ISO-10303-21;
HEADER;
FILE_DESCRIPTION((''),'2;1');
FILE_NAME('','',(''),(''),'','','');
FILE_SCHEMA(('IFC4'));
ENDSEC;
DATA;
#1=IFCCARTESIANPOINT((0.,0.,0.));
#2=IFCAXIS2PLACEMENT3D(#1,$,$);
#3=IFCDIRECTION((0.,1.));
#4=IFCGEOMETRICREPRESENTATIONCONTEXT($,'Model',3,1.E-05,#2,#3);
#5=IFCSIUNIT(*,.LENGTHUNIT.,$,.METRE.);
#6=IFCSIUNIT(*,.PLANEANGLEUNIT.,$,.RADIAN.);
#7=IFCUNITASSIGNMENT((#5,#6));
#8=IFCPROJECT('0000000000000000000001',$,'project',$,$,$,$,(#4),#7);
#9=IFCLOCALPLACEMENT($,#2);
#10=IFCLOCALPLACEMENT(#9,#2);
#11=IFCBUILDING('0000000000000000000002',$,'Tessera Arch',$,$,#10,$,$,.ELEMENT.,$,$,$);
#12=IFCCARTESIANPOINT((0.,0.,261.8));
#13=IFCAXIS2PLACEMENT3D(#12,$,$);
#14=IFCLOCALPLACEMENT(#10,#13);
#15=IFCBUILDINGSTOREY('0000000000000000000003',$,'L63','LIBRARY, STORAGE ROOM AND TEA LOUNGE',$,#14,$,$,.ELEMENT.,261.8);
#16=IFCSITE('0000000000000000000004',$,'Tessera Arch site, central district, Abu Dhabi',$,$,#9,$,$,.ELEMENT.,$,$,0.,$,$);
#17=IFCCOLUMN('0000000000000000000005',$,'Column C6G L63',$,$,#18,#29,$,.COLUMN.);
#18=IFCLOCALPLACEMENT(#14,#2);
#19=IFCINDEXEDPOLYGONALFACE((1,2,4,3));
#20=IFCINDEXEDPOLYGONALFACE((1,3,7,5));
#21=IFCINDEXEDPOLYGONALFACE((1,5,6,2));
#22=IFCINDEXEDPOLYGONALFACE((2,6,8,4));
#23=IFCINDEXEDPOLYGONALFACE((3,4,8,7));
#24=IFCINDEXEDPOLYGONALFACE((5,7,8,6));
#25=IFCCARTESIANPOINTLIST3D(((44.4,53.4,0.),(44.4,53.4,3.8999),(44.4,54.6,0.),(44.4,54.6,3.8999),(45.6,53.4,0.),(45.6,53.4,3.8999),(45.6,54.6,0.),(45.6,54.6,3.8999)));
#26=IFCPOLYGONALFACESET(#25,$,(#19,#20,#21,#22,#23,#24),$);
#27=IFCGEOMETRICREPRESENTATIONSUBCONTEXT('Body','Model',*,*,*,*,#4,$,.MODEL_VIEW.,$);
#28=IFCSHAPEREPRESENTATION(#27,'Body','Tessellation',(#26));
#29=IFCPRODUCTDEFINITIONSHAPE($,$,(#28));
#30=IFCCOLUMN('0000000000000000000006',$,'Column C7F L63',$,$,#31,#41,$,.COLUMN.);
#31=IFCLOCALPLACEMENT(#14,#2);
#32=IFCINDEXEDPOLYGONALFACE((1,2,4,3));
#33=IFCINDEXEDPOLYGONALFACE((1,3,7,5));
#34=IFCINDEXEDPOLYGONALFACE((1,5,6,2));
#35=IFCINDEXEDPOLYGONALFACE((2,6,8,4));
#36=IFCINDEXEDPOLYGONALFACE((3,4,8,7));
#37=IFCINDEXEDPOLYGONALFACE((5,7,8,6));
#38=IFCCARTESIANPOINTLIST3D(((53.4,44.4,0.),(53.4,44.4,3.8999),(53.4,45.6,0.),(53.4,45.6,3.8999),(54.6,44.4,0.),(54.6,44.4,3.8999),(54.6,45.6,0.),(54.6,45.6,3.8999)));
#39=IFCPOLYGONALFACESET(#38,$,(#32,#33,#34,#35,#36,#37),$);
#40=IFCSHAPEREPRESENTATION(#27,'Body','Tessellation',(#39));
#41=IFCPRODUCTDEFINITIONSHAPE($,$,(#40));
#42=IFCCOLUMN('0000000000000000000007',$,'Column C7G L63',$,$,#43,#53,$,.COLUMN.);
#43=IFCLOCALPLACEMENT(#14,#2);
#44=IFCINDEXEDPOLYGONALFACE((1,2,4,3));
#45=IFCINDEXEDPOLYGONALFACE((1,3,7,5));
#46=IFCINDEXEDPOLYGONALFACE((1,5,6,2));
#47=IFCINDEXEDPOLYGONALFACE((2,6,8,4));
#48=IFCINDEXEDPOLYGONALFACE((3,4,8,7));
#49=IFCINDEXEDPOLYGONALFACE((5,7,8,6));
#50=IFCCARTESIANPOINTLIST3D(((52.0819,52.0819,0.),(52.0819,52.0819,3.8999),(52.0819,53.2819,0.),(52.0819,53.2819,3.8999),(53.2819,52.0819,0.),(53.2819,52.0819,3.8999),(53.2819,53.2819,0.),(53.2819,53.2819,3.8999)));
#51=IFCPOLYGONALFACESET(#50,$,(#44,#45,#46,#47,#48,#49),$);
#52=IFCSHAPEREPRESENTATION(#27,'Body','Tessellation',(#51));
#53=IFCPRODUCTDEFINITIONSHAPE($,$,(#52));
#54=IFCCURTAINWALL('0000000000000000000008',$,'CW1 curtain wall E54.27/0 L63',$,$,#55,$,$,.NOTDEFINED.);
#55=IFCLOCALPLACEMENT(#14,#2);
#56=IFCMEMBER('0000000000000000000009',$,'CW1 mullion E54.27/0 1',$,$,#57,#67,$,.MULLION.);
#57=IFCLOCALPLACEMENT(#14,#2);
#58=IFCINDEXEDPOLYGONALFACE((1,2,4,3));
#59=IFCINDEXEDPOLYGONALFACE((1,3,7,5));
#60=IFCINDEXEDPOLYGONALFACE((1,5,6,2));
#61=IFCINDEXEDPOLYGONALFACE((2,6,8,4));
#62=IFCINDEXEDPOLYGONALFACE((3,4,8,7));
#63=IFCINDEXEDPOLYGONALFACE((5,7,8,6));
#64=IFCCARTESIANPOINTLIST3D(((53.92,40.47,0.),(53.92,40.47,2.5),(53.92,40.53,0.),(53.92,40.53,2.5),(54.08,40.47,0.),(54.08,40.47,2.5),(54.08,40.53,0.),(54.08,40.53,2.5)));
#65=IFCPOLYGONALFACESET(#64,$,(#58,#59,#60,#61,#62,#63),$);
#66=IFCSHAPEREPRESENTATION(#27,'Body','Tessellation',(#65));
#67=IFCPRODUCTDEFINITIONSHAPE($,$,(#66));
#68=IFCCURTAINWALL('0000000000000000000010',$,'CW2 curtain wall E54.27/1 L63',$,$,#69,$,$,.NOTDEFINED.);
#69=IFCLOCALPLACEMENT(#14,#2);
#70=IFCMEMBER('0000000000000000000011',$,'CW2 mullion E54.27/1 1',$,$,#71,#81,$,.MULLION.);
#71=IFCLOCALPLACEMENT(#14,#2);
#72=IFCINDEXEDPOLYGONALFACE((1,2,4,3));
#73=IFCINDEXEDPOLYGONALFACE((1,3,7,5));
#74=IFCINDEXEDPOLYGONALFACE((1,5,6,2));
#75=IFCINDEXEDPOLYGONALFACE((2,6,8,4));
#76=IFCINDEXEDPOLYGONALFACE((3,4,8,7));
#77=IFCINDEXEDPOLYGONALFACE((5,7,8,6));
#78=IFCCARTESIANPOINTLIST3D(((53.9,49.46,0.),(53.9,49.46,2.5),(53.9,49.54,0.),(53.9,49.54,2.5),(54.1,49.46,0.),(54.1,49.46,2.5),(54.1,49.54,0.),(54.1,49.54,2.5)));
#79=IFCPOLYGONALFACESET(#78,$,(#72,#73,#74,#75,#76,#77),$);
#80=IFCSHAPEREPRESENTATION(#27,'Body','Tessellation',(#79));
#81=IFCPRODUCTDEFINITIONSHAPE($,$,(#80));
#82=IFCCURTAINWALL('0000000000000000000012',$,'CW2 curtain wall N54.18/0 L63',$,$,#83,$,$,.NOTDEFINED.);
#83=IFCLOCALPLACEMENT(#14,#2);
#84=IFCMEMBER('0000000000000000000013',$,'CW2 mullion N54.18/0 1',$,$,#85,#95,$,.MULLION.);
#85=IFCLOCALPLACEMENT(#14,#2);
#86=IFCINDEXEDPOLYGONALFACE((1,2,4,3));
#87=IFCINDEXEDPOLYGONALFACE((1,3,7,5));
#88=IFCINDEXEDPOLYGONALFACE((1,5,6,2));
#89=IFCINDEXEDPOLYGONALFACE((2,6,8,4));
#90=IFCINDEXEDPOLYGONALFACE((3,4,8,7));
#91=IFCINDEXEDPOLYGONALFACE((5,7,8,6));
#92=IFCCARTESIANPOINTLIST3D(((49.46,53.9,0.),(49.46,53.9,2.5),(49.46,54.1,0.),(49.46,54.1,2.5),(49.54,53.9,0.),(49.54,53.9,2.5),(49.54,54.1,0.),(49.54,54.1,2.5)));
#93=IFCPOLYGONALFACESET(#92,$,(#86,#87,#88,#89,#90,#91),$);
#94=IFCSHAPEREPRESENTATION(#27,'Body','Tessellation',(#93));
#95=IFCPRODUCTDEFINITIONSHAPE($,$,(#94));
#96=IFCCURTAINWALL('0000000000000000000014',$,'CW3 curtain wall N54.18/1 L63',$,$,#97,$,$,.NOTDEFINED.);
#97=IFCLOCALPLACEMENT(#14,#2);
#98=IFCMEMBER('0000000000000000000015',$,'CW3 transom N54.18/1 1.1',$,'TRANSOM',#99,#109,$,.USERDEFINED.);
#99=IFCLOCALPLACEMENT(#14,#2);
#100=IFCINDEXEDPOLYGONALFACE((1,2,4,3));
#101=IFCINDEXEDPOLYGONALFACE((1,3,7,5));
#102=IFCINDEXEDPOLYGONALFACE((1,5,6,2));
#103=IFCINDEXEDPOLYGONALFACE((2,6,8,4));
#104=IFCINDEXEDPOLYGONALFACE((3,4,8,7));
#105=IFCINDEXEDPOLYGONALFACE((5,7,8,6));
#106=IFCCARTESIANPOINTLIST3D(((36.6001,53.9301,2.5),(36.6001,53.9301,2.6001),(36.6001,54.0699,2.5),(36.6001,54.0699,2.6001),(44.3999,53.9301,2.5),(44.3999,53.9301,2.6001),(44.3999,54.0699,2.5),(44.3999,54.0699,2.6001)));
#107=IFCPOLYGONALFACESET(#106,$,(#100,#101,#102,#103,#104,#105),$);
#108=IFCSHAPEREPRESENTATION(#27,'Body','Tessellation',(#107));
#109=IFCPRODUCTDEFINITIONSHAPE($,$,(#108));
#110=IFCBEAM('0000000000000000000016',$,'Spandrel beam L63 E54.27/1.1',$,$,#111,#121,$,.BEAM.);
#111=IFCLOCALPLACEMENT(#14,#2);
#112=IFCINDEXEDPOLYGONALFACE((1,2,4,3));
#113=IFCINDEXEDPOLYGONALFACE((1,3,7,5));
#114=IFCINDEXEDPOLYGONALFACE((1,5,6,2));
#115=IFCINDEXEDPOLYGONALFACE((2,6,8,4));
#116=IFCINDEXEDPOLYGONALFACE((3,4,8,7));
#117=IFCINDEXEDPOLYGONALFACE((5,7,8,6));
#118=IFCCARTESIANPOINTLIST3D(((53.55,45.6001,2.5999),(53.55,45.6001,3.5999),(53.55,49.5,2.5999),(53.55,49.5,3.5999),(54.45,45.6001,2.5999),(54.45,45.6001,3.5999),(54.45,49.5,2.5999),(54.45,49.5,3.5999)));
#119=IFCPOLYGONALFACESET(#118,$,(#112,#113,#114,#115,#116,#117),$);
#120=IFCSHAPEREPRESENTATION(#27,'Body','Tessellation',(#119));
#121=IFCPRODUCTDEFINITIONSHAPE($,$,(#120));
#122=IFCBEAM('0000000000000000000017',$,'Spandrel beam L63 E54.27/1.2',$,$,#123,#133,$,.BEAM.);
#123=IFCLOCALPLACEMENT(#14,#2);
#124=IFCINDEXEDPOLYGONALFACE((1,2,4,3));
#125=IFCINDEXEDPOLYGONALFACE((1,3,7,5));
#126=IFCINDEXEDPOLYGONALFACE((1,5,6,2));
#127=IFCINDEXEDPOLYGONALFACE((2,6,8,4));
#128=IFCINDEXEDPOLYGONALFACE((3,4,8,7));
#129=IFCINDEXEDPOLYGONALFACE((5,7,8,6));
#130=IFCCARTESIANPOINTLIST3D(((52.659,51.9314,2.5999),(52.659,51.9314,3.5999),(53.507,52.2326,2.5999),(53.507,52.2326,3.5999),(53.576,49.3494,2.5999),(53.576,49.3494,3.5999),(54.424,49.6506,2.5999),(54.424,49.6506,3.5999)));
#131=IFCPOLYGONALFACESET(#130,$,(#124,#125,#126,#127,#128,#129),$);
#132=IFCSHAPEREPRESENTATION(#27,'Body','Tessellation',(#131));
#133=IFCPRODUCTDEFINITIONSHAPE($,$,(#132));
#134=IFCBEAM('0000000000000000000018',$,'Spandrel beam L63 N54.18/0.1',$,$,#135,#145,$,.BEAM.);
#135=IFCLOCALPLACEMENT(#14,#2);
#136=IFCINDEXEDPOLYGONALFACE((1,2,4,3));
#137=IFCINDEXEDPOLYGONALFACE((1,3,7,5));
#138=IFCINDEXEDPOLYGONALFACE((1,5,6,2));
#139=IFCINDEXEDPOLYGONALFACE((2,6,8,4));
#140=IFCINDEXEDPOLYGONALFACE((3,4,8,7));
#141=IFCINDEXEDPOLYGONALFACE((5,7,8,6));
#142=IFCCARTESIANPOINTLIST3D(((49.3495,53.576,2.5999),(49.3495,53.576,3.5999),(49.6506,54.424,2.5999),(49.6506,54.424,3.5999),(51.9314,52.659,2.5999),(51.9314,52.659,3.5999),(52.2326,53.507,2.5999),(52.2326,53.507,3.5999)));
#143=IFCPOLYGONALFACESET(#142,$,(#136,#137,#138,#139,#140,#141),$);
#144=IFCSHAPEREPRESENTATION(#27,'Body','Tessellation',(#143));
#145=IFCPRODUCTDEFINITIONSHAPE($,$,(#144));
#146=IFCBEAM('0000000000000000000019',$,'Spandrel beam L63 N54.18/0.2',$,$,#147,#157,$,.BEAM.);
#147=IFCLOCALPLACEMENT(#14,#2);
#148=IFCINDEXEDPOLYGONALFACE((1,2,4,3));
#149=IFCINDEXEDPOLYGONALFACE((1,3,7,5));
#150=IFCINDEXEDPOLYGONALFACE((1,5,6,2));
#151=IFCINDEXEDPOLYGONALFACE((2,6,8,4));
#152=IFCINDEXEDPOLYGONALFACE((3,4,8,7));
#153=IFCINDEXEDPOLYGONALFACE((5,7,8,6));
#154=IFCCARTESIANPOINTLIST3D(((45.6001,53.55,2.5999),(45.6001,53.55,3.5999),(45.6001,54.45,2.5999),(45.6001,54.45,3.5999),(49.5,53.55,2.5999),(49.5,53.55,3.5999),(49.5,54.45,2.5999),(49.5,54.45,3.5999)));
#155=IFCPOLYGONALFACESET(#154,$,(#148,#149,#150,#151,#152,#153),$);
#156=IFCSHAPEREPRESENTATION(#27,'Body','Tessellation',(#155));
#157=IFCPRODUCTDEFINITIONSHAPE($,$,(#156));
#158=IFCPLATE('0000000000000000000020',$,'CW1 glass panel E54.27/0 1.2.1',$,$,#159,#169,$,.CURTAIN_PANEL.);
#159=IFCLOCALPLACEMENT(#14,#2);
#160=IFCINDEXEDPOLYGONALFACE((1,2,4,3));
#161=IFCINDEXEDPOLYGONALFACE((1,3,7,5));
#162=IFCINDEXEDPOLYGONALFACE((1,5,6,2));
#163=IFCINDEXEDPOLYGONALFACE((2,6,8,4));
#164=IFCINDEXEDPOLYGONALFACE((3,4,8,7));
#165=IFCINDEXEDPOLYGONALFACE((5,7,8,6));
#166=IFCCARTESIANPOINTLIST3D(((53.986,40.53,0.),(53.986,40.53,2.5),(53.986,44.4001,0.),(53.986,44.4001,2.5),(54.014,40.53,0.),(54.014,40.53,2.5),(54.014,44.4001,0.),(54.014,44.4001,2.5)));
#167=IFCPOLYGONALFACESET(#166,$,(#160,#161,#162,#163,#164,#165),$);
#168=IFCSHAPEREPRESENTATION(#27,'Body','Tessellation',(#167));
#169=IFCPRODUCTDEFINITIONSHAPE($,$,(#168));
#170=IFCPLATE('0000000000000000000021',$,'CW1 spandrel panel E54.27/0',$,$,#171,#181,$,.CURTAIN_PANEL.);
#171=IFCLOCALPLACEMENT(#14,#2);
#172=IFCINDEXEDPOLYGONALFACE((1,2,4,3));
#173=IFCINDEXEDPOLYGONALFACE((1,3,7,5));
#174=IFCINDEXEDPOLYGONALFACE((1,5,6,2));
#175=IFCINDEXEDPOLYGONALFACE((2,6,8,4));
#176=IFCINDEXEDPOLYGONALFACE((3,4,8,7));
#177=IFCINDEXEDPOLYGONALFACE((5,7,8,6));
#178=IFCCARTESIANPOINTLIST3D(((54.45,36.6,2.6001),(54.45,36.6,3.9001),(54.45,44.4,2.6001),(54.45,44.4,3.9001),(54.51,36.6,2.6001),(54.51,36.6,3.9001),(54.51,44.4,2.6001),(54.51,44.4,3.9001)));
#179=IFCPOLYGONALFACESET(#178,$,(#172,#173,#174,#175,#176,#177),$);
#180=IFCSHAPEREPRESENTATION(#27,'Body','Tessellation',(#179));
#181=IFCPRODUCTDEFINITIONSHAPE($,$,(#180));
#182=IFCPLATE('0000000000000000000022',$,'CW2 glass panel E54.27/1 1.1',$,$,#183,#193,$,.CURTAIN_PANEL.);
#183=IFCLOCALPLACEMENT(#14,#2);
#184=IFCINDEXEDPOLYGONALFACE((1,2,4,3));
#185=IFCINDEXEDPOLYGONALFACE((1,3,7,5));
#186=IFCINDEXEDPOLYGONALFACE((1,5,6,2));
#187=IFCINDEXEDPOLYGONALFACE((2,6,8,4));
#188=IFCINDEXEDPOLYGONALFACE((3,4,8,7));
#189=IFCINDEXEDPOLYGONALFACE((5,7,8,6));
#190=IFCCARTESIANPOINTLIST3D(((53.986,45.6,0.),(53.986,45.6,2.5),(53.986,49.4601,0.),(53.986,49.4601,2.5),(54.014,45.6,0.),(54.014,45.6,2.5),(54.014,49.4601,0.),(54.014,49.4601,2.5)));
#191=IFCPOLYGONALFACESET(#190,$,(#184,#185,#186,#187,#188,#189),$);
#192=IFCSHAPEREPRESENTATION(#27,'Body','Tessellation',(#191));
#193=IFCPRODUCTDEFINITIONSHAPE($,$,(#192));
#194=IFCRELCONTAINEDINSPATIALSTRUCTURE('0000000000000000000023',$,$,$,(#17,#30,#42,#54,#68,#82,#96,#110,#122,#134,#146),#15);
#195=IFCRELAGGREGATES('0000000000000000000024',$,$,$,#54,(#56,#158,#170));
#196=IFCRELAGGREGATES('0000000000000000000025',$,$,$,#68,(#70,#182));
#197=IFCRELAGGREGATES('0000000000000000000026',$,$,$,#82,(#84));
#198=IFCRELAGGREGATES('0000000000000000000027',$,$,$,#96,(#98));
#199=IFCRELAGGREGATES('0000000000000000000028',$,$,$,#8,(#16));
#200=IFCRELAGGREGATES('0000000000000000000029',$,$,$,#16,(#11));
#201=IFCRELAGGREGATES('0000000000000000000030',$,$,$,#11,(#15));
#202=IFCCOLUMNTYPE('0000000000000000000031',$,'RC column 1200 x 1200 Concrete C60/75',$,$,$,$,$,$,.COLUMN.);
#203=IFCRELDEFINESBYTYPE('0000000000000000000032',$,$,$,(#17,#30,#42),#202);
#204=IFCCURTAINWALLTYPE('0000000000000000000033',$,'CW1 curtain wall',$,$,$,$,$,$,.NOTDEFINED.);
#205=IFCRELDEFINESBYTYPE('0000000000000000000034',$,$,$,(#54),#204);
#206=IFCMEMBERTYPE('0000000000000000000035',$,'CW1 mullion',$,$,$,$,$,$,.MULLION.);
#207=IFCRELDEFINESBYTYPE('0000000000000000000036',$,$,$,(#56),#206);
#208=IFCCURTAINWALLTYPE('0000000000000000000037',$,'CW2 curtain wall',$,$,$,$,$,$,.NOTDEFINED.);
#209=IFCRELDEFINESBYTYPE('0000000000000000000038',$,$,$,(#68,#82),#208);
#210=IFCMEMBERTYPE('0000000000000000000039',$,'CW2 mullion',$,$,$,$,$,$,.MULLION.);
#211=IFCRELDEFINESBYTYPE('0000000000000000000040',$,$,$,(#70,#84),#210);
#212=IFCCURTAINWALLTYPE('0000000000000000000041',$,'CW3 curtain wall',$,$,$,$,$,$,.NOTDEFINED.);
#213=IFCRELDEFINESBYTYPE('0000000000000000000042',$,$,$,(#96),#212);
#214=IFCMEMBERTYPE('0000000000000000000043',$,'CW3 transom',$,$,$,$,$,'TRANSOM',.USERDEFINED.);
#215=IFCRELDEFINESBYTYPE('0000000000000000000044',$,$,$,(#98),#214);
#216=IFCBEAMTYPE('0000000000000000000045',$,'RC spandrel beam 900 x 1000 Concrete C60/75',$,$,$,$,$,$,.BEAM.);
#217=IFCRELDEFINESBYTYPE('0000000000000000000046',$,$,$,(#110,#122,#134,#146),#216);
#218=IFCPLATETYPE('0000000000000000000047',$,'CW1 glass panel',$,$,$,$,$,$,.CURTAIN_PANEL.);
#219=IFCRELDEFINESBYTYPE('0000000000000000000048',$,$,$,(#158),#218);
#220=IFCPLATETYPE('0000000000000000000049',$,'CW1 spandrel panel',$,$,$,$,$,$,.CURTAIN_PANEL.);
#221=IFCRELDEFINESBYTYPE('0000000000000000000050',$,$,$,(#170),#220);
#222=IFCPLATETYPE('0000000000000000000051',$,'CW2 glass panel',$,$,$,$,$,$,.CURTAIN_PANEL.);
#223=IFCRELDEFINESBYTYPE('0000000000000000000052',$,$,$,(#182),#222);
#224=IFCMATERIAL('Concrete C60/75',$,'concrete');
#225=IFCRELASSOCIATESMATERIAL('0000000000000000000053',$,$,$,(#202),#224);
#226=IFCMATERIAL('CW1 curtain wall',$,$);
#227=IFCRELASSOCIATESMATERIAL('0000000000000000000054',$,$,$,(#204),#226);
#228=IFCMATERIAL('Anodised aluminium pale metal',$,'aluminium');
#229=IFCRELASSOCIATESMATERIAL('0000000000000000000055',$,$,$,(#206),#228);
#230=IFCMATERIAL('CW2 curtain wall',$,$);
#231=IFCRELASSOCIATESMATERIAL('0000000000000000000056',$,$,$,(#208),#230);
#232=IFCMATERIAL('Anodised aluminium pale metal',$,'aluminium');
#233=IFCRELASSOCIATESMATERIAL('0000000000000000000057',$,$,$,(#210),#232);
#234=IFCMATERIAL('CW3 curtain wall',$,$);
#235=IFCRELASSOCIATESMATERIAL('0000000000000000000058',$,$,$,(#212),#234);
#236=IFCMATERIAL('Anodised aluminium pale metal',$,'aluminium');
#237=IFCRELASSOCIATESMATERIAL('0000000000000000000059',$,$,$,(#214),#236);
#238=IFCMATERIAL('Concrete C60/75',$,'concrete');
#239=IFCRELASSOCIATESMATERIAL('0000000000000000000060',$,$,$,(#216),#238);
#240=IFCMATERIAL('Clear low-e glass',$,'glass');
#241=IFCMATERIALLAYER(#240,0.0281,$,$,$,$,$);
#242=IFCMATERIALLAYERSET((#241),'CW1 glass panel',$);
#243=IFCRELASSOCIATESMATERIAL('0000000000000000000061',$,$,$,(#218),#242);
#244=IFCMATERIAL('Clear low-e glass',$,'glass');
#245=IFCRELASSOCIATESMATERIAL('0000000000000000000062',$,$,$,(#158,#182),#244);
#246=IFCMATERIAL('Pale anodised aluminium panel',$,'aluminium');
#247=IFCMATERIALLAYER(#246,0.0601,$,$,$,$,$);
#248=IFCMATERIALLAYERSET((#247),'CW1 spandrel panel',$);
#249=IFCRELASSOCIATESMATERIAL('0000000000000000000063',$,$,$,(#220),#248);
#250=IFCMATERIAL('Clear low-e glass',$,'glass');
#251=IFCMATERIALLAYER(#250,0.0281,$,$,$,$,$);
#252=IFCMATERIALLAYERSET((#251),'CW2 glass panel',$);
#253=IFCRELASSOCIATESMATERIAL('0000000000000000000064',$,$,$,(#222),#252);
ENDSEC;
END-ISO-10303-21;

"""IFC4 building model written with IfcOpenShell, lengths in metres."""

from ifc_helpers import new_model, si_unit, direction, frame, origin, origin_2d, place, context, subcontext, project, spatial, rectangle, extrude, material, layer, layer_set, material_profile, profile_set, type_object, element, aggregate, save


model = new_model("IFC4")

# Units and contexts
model_context = context("Model", 3, precision=1e-05, world=origin(), true_north=direction((0.0, 1.0)))
body_context = subcontext(model_context, "Body", "Model", "MODEL_VIEW")
ifc_project = project(units=[si_unit("LENGTHUNIT", "METRE"), si_unit("PLANEANGLEUNIT", "RADIAN")], contexts=[model_context])

# Site, building, storey
site_placement = place(None, origin())
site = spatial("IfcSite", under=ifc_project, at=site_placement, Name="Tessera Arch site, central district, Abu Dhabi", CompositionType="ELEMENT", RefElevation=0.0)
building_placement = place(site_placement, origin())
building = spatial("IfcBuilding", under=site, at=building_placement, Name="Tessera Arch", CompositionType="ELEMENT")
storey_placement = place(building_placement, frame((0.0, 0.0, 261.8)))
storey = spatial("IfcBuildingStorey", under=building, at=storey_placement, Name="L63", Description="LIBRARY, STORAGE ROOM AND TEA LOUNGE", CompositionType="ELEMENT", Elevation=261.8)

# Columns
ifc_material_1 = material(Name="Concrete C60/75", Category="concrete")
ifc_material_profile_1 = material_profile(ifc_material_1, rectangle(XDim=1.2, YDim=1.2, at=origin_2d()), Name="RC column 1200 x 1200 Concrete C60/75")
ifc_profile_set_1 = profile_set([ifc_material_profile_1], Name="Concrete C60/75")
column_type = type_object("IfcColumnType", Name="RC column 1200 x 1200 Concrete C60/75", PredefinedType="COLUMN", material=ifc_profile_set_1)
for number, where, z_axis, x_axis, name in (
    (1, (45.0, 54.0, 0.0), (0.0, 0.0, 1.0), (1.0, 0.0, 0.0), "Column C6G L63"),
    (2, (54.0, 45.0, 0.0), (0.0, 0.0, 1.0), (1.0, 0.0, 0.0), "Column C7F L63"),
    (3, (52.6819, 52.6819, 0.0), (0.0, 0.0, 1.0), (1.0, 0.0, 0.0), "Column C7G L63"),
):
    element("IfcColumn", number, at=place(storey_placement, frame(where, z_axis=z_axis, x_axis=x_axis)), inside=storey, type_object=column_type, Name=name, PredefinedType="COLUMN", context=body_context, shape_type="SweptSolid", body=[
        extrude(rectangle(XDim=1.2, YDim=1.2, at=origin_2d()), origin(), (0.0, 0.0, 1.0), 3.8999),
    ])

# Curtain walls, members
ifc_material_2 = material(Name="CW1 curtain wall")
curtain_wall_type_1 = type_object("IfcCurtainWallType", Name="CW1 curtain wall", PredefinedType="NOTDEFINED", material=ifc_material_2)
curtain_wall_1_placement = place(storey_placement, origin())
curtain_wall_1 = element("IfcCurtainWall", 4, at=curtain_wall_1_placement, inside=storey, type_object=curtain_wall_type_1, Name="CW1 curtain wall E54.27/0 L63", PredefinedType="NOTDEFINED")
ifc_material_3 = material(Name="Anodised aluminium pale metal", Category="aluminium")
ifc_material_profile_2 = material_profile(ifc_material_3, rectangle(XDim=0.1599, YDim=0.0601, at=origin_2d()), Name="AL 60x160")
ifc_profile_set_2 = profile_set([ifc_material_profile_2], Name="Anodised aluminium pale metal")
member_type_1 = type_object("IfcMemberType", Name="CW1 mullion", PredefinedType="MULLION", material=ifc_profile_set_2)
member_1_placement = place(storey_placement, frame((54.0, 40.5, 0.0), z_axis=(0.0, 0.0, 1.0), x_axis=(-1.0, 0.0, 0.0)))
member_1 = element("IfcMember", 5, at=member_1_placement, type_object=member_type_1, Name="CW1 mullion E54.27/0 1", PredefinedType="MULLION", context=body_context, shape_type="SweptSolid", body=[
    extrude(rectangle(XDim=0.1599, YDim=0.0601, at=origin_2d()), origin(), (0.0, 0.0, 1.0), 2.5),
])
ifc_material_4 = material(Name="CW2 curtain wall")
curtain_wall_type_2 = type_object("IfcCurtainWallType", Name="CW2 curtain wall", PredefinedType="NOTDEFINED", material=ifc_material_4)
curtain_wall_2_placement = place(storey_placement, origin())
curtain_wall_2 = element("IfcCurtainWall", 6, at=curtain_wall_2_placement, inside=storey, type_object=curtain_wall_type_2, Name="CW2 curtain wall E54.27/1 L63", PredefinedType="NOTDEFINED")
ifc_material_5 = material(Name="Anodised aluminium pale metal", Category="aluminium")
ifc_material_profile_3 = material_profile(ifc_material_5, rectangle(XDim=0.2, YDim=0.0801, at=origin_2d()), Name="AL 80x200")
ifc_profile_set_3 = profile_set([ifc_material_profile_3], Name="Anodised aluminium pale metal")
member_type_2 = type_object("IfcMemberType", Name="CW2 mullion", PredefinedType="MULLION", material=ifc_profile_set_3)
member_2_placement = place(storey_placement, frame((54.0, 49.5, 0.0), z_axis=(0.0, 0.0, 1.0), x_axis=(-1.0, 0.0, 0.0)))
member_2 = element("IfcMember", 7, at=member_2_placement, type_object=member_type_2, Name="CW2 mullion E54.27/1 1", PredefinedType="MULLION", context=body_context, shape_type="SweptSolid", body=[
    extrude(rectangle(XDim=0.2, YDim=0.0801, at=origin_2d()), origin(), (0.0, 0.0, 1.0), 2.5),
])
curtain_wall_3_placement = place(storey_placement, origin())
curtain_wall_3 = element("IfcCurtainWall", 8, at=curtain_wall_3_placement, inside=storey, type_object=curtain_wall_type_2, Name="CW2 curtain wall N54.18/0 L63", PredefinedType="NOTDEFINED")
member_3_placement = place(storey_placement, frame((49.5, 54.0, 0.0), z_axis=(0.0, 0.0, 1.0), x_axis=(0.0, -1.0, 0.0)))
member_3 = element("IfcMember", 9, at=member_3_placement, type_object=member_type_2, Name="CW2 mullion N54.18/0 1", PredefinedType="MULLION", context=body_context, shape_type="SweptSolid", body=[
    extrude(rectangle(XDim=0.2, YDim=0.0801, at=origin_2d()), origin(), (0.0, 0.0, 1.0), 2.5),
])
ifc_material_6 = material(Name="CW3 curtain wall")
curtain_wall_type_3 = type_object("IfcCurtainWallType", Name="CW3 curtain wall", PredefinedType="NOTDEFINED", material=ifc_material_6)
curtain_wall_4_placement = place(storey_placement, origin())
curtain_wall_4 = element("IfcCurtainWall", 10, at=curtain_wall_4_placement, inside=storey, type_object=curtain_wall_type_3, Name="CW3 curtain wall N54.18/1 L63", PredefinedType="NOTDEFINED")
ifc_material_7 = material(Name="Anodised aluminium pale metal", Category="aluminium")
ifc_material_profile_4 = material_profile(ifc_material_7, rectangle(XDim=0.1399, YDim=0.1001, at=origin_2d()), Name="AL 140x100")
ifc_profile_set_4 = profile_set([ifc_material_profile_4], Name="Anodised aluminium pale metal")
member_type_3 = type_object("IfcMemberType", Name="CW3 transom", ElementType="TRANSOM", PredefinedType="USERDEFINED", material=ifc_profile_set_4)
member_4_placement = place(storey_placement, frame((44.3999, 54.0, 2.55), z_axis=(-1.0, 0.0, 0.0), x_axis=(0.0, -1.0, 0.0)))
member_4 = element("IfcMember", 11, at=member_4_placement, type_object=member_type_3, Name="CW3 transom N54.18/1 1.1", ObjectType="TRANSOM", PredefinedType="USERDEFINED", context=body_context, shape_type="SweptSolid", body=[
    extrude(rectangle(XDim=0.1399, YDim=0.1001, at=origin_2d()), origin(), (0.0, 0.0, 1.0), 7.7998),
])

# Beams
ifc_material_8 = material(Name="Concrete C60/75", Category="concrete")
ifc_material_profile_5 = material_profile(ifc_material_8, rectangle(XDim=0.8999, YDim=1.0, at=origin_2d()), Name="RC spandrel beam 900 x 1000 Concrete C60/75")
ifc_profile_set_5 = profile_set([ifc_material_profile_5], Name="Concrete C60/75")
beam_type = type_object("IfcBeamType", Name="RC spandrel beam 900 x 1000 Concrete C60/75", PredefinedType="BEAM", material=ifc_profile_set_5)
beam_1_placement = place(storey_placement, frame((54.0, 45.6001, 3.0999), z_axis=(0.0, 1.0, 0.0), x_axis=(-1.0, 0.0, 0.0)))
element("IfcBeam", 12, at=beam_1_placement, inside=storey, type_object=beam_type, Name="Spandrel beam L63 E54.27/1.1", PredefinedType="BEAM", context=body_context, shape_type="SweptSolid", body=[
    extrude(rectangle(XDim=0.8999, YDim=1.0, at=origin_2d()), origin(), (0.0, 0.0, 1.0), 3.8999),
])
for number, where, z_axis, x_axis, name in (
    (13, (54.0, 49.5, 3.0999), (-0.334665, 0.942337, 0.0), (-0.942337, -0.334665, 0.0), "Spandrel beam L63 E54.27/1.2"),
    (14, (52.082, 53.083, 3.0999), (-0.942337, 0.334665, 0.0), (-0.334665, -0.942337, 0.0), "Spandrel beam L63 N54.18/0.1"),
):
    element("IfcBeam", number, at=place(storey_placement, frame(where, z_axis=z_axis, x_axis=x_axis)), inside=storey, type_object=beam_type, Name=name, PredefinedType="BEAM", context=body_context, shape_type="SweptSolid", body=[
        extrude(rectangle(XDim=0.8999, YDim=1.0, at=origin_2d()), origin(), (0.0, 0.0, 1.0), 2.74),
    ])
beam_2_placement = place(storey_placement, frame((49.5, 54.0, 3.0999), z_axis=(-1.0, 0.0, 0.0), x_axis=(0.0, -1.0, 0.0)))
element("IfcBeam", 15, at=beam_2_placement, inside=storey, type_object=beam_type, Name="Spandrel beam L63 N54.18/0.2", PredefinedType="BEAM", context=body_context, shape_type="SweptSolid", body=[
    extrude(rectangle(XDim=0.8999, YDim=1.0, at=origin_2d()), origin(), (0.0, 0.0, 1.0), 3.8999),
])

# Plates
ifc_material_9 = material(Name="Clear low-e glass", Category="glass")
ifc_material_10 = material(Name="Clear low-e glass", Category="glass")
ifc_layer_1 = layer(ifc_material_10, 0.0281)
ifc_layer_set_1 = layer_set([ifc_layer_1], Name="CW1 glass panel")
plate_type_1 = type_object("IfcPlateType", Name="CW1 glass panel", PredefinedType="CURTAIN_PANEL", material=ifc_layer_set_1)
plate_1_placement = place(storey_placement, frame((54.0, 42.4651, 0.0), z_axis=(0.0, 0.0, 1.0), x_axis=(0.0, 1.0, 0.0)))
plate_1 = element("IfcPlate", 16, at=plate_1_placement, type_object=plate_type_1, material=ifc_material_9, Name="CW1 glass panel E54.27/0 1.2.1", PredefinedType="CURTAIN_PANEL", context=body_context, shape_type="SweptSolid", body=[
    extrude(rectangle(XDim=3.8701, YDim=0.0281, at=origin_2d()), origin(), (0.0, 0.0, 1.0), 2.5),
])
ifc_material_11 = material(Name="Pale anodised aluminium panel", Category="aluminium")
ifc_layer_2 = layer(ifc_material_11, 0.0601)
ifc_layer_set_2 = layer_set([ifc_layer_2], Name="CW1 spandrel panel")
plate_type_2 = type_object("IfcPlateType", Name="CW1 spandrel panel", PredefinedType="CURTAIN_PANEL", material=ifc_layer_set_2)
plate_2_placement = place(storey_placement, frame((54.48, 40.5, 2.6001), z_axis=(0.0, 0.0, 1.0), x_axis=(0.0, 1.0, 0.0)))
plate_2 = element("IfcPlate", 17, at=plate_2_placement, type_object=plate_type_2, Name="CW1 spandrel panel E54.27/0", PredefinedType="CURTAIN_PANEL", context=body_context, shape_type="SweptSolid", body=[
    extrude(rectangle(XDim=7.8, YDim=0.0601, at=origin_2d()), origin(), (0.0, 0.0, 1.0), 1.3),
])
aggregate(curtain_wall_1, [member_1, plate_1, plate_2])
ifc_material_12 = material(Name="Clear low-e glass", Category="glass")
ifc_layer_3 = layer(ifc_material_12, 0.0281)
ifc_layer_set_3 = layer_set([ifc_layer_3], Name="CW2 glass panel")
plate_type_3 = type_object("IfcPlateType", Name="CW2 glass panel", PredefinedType="CURTAIN_PANEL", material=ifc_layer_set_3)
plate_3_placement = place(storey_placement, frame((54.0, 47.53, 0.0), z_axis=(0.0, 0.0, 1.0), x_axis=(0.0, 1.0, 0.0)))
plate_3 = element("IfcPlate", 18, at=plate_3_placement, type_object=plate_type_3, material=ifc_material_9, Name="CW2 glass panel E54.27/1 1.1", PredefinedType="CURTAIN_PANEL", context=body_context, shape_type="SweptSolid", body=[
    extrude(rectangle(XDim=3.8601, YDim=0.0281, at=origin_2d()), origin(), (0.0, 0.0, 1.0), 2.5),
])
aggregate(curtain_wall_2, [member_2, plate_3])
aggregate(curtain_wall_3, [member_3])
aggregate(curtain_wall_4, [member_4])

save(model, "model.ifc")
